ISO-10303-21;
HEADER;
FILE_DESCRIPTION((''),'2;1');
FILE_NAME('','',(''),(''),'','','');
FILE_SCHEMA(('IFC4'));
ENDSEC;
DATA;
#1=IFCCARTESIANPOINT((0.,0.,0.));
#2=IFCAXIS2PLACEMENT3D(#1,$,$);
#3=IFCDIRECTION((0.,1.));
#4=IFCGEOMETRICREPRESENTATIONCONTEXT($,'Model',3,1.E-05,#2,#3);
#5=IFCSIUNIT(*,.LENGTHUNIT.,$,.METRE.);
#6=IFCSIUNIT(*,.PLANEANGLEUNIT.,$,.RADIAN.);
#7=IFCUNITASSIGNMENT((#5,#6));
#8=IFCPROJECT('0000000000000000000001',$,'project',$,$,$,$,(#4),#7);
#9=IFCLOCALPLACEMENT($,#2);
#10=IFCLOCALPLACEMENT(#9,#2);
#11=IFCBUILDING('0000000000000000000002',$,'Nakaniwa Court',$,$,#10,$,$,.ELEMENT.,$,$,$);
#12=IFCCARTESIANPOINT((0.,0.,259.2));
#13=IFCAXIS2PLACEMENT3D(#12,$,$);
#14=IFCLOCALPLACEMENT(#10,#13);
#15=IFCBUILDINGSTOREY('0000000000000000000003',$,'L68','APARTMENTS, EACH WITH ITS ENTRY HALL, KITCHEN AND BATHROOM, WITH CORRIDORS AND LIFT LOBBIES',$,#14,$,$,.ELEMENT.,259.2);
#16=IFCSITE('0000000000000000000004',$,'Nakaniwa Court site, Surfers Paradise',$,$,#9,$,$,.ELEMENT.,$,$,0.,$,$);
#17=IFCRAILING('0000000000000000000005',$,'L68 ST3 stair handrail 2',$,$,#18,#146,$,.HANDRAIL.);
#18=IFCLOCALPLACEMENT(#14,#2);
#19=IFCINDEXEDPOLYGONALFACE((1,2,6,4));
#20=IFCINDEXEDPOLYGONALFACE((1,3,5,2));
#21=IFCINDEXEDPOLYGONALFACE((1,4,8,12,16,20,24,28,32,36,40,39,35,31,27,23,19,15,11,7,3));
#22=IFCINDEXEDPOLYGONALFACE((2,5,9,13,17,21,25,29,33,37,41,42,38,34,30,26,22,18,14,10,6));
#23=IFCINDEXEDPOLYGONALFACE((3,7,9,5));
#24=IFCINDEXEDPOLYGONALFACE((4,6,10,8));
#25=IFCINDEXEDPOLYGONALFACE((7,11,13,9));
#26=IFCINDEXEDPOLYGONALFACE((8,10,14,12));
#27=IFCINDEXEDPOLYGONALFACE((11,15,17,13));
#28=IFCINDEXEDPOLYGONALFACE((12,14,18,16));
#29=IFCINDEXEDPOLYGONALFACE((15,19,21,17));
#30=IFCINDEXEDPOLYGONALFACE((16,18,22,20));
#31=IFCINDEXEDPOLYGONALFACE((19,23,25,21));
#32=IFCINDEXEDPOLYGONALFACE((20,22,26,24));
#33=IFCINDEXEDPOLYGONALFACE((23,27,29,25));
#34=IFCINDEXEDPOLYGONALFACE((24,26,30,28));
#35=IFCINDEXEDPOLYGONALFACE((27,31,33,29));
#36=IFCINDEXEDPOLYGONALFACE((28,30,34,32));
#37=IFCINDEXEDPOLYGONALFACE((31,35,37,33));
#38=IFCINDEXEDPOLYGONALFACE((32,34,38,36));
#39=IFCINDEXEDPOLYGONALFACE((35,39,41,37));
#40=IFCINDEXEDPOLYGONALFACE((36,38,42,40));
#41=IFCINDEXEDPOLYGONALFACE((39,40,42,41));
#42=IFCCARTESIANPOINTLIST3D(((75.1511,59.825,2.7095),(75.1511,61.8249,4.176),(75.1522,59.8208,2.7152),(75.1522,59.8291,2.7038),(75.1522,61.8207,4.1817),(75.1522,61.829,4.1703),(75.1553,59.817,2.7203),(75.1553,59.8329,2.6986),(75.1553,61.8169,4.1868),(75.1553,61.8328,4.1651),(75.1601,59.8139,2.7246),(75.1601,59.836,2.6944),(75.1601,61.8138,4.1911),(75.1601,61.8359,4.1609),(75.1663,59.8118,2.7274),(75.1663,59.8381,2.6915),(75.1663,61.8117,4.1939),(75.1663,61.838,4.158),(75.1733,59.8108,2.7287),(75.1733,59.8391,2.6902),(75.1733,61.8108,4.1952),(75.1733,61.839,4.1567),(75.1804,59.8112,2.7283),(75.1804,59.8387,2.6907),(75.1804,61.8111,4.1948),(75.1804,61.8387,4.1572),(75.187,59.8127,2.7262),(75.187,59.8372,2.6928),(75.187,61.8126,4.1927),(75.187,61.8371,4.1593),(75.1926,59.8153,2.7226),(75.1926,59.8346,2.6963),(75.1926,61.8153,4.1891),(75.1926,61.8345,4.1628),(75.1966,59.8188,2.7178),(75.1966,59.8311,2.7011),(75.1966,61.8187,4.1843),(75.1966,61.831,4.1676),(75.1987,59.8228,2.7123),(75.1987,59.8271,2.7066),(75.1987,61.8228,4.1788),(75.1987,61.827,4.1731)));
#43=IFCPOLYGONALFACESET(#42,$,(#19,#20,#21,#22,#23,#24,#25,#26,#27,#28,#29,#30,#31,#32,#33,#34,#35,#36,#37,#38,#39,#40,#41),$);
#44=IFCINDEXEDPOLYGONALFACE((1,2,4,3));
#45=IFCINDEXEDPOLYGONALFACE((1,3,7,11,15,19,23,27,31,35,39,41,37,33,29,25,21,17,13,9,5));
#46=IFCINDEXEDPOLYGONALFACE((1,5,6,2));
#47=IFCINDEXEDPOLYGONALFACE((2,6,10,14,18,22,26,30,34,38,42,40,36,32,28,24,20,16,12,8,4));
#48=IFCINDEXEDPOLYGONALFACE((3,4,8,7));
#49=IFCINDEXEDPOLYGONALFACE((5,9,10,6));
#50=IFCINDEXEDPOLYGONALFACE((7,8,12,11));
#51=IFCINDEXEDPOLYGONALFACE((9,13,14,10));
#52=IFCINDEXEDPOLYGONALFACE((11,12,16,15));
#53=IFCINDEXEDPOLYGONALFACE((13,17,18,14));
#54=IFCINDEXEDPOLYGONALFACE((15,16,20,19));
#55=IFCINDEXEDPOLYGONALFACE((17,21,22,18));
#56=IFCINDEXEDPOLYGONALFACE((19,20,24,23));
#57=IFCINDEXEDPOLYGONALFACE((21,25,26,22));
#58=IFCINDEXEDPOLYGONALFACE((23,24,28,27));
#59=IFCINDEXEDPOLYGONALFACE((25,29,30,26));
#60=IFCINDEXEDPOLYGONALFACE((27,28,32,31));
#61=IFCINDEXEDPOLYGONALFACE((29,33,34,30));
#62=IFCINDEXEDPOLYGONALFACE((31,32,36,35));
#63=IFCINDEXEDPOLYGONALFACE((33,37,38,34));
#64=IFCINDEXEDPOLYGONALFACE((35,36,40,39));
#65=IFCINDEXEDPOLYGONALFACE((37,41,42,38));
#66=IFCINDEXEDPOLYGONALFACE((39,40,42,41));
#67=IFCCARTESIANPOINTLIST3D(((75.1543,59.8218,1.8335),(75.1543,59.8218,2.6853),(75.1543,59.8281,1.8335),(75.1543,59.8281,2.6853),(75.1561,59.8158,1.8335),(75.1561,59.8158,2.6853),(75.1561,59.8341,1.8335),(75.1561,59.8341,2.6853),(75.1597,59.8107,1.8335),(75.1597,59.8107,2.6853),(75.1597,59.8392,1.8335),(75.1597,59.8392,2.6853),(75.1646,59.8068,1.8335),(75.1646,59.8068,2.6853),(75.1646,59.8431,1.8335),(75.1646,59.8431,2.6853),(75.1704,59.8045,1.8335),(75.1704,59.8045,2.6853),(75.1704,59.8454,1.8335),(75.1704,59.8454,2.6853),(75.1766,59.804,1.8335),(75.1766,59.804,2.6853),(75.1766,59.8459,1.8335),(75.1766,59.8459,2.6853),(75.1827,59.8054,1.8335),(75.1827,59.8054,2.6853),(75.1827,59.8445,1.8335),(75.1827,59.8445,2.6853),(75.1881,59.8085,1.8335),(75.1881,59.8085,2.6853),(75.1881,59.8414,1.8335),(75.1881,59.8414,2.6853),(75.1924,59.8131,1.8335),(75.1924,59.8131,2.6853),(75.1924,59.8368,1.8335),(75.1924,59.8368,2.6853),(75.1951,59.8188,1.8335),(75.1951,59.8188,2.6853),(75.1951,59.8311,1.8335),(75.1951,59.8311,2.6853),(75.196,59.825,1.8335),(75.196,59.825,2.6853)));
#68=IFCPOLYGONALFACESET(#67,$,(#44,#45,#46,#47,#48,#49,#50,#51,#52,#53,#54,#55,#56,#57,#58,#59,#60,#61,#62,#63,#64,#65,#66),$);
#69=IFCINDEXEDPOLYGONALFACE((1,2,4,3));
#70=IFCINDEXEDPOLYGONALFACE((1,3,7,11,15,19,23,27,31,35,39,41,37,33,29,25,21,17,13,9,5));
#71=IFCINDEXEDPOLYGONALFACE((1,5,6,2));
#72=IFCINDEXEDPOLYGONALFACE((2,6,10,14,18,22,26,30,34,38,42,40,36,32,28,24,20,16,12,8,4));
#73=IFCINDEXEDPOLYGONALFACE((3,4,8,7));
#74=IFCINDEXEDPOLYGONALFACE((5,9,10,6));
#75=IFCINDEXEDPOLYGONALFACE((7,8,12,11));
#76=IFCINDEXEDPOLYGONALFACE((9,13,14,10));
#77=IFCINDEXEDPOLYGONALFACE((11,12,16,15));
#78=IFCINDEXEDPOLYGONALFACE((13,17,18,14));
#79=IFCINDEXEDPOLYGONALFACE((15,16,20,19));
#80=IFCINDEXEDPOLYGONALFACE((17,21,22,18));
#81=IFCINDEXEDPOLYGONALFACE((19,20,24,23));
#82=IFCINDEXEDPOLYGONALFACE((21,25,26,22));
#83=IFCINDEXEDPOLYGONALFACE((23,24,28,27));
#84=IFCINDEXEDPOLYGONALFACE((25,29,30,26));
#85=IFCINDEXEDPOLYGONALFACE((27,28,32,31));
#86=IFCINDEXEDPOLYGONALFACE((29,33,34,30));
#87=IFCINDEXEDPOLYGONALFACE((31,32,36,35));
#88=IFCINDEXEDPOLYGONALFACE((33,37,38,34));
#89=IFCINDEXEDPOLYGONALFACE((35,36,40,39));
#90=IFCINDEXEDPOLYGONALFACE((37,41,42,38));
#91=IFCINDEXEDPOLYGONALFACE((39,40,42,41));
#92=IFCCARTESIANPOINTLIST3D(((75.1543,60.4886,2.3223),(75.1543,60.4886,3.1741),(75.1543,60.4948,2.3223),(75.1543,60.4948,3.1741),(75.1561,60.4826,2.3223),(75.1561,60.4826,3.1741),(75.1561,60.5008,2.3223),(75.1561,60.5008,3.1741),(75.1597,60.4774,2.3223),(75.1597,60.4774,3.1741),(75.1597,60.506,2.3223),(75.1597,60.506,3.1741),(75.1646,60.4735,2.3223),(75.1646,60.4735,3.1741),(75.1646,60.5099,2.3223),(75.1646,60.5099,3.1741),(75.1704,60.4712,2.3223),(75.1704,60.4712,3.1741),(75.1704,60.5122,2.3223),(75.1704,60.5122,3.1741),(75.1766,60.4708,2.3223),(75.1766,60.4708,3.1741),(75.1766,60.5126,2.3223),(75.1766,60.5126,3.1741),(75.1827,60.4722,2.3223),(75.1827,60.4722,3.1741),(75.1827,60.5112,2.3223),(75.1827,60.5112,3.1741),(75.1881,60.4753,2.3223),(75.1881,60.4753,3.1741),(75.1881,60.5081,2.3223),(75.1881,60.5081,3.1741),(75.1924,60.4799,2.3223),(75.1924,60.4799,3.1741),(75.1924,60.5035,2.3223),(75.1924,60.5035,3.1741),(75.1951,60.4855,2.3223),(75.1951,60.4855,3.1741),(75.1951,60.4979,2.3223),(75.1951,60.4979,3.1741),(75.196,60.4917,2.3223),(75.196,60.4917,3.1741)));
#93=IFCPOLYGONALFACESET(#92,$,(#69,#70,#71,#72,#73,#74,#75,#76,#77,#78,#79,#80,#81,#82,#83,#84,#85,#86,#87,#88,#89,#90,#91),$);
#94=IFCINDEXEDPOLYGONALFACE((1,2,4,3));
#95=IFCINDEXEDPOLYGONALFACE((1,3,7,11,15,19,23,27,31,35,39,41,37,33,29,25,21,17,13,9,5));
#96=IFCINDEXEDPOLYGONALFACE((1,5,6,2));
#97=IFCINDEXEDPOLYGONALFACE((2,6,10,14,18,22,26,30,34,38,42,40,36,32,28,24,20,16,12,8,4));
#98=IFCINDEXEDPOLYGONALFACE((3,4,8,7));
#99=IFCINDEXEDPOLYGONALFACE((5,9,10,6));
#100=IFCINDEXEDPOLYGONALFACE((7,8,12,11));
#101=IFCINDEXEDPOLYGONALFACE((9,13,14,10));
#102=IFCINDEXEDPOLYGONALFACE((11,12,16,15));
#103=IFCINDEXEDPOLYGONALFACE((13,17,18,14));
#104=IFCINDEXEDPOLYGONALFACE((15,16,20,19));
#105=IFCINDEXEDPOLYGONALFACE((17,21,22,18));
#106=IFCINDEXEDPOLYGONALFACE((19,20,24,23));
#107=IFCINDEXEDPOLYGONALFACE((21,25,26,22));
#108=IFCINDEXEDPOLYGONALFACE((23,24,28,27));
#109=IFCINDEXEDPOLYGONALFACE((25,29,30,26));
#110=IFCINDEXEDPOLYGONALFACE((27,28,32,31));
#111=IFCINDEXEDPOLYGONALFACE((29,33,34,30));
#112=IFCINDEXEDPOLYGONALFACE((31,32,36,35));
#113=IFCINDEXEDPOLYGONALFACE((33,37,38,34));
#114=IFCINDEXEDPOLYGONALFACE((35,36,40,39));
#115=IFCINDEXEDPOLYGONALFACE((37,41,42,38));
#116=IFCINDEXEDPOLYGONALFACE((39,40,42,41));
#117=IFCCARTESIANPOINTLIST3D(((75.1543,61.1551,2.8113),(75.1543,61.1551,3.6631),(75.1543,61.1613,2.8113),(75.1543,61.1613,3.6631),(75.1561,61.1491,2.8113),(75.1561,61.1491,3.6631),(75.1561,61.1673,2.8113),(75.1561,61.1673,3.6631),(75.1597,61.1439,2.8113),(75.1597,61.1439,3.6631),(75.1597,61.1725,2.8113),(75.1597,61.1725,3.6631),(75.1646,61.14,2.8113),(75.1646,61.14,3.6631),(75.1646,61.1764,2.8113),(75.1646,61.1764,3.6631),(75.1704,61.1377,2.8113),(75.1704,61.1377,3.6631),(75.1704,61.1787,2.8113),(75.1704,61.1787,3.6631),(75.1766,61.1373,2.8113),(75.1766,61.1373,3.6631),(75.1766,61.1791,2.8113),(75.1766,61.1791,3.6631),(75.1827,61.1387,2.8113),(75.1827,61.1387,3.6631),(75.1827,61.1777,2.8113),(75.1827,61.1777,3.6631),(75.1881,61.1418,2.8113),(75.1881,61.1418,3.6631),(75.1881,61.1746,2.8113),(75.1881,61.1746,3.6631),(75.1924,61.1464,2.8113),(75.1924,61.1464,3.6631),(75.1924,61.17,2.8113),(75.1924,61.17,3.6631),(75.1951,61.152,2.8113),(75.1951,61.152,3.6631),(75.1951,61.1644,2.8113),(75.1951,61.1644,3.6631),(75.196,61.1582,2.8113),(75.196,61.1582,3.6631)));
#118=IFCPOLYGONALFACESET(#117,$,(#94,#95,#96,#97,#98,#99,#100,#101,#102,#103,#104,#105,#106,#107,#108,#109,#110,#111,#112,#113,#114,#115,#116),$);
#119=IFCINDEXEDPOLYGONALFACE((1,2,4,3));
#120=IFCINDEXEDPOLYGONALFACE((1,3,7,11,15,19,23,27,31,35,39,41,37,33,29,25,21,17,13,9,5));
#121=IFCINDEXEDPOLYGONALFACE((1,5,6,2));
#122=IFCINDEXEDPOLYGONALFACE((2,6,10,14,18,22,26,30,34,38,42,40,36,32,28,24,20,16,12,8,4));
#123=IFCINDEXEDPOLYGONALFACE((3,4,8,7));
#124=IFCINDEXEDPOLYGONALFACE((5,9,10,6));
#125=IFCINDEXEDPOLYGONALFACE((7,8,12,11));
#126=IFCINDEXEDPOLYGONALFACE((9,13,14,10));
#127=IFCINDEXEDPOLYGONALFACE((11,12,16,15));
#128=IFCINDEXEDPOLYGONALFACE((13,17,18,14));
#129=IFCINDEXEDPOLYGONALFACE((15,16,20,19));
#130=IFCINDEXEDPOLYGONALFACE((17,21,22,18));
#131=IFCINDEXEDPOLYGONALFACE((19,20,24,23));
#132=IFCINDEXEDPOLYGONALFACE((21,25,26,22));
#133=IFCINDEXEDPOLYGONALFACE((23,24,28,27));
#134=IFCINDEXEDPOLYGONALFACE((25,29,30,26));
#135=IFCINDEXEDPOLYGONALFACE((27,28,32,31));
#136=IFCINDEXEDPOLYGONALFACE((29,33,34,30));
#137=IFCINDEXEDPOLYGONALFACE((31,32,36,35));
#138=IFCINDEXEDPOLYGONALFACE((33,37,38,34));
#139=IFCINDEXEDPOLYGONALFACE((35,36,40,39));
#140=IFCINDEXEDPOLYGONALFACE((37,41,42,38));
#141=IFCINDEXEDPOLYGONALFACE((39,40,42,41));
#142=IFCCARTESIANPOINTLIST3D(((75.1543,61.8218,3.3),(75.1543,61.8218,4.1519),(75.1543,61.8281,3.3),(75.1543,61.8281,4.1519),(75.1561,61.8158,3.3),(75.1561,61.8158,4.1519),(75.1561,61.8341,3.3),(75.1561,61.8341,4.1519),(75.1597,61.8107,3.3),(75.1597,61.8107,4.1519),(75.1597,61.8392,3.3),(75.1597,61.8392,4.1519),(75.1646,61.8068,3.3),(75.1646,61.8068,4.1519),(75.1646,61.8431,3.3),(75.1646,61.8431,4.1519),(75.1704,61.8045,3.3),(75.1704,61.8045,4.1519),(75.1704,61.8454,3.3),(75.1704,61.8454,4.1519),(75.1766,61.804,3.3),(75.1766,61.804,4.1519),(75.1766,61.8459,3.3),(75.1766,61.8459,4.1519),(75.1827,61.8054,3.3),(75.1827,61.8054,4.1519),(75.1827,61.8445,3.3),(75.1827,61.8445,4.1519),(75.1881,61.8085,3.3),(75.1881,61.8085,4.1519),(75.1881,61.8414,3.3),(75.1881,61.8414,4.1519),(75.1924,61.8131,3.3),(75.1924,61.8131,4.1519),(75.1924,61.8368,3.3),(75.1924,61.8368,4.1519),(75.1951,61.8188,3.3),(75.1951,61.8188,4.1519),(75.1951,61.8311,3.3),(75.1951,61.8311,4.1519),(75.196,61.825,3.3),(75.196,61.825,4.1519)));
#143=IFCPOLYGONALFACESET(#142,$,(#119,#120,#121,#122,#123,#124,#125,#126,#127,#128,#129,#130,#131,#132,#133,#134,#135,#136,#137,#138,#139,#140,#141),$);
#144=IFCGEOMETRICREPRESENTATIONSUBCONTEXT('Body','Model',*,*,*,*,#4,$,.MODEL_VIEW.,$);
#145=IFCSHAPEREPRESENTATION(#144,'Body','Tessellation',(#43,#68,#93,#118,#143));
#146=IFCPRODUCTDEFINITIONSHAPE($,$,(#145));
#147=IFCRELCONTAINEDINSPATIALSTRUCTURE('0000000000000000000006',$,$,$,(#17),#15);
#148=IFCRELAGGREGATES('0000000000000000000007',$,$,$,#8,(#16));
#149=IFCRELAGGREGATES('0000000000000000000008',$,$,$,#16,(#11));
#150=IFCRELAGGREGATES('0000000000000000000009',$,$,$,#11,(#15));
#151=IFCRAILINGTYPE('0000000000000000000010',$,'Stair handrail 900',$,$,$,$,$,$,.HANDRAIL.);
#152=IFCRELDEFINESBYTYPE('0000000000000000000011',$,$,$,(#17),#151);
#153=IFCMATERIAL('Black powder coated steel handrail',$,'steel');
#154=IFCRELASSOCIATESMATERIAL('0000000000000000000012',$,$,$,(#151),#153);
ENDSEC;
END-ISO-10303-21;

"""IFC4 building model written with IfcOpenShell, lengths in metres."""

from ifc_helpers import new_model, si_unit, direction, frame, origin, origin_2d, place, context, subcontext, project, spatial, circle, extrude, material, type_object, element, save


model = new_model("IFC4")

# Units and contexts
model_context = context("Model", 3, precision=1e-05, world=origin(), true_north=direction((0.0, 1.0)))
body_context = subcontext(model_context, "Body", "Model", "MODEL_VIEW")
ifc_project = project(units=[si_unit("LENGTHUNIT", "METRE"), si_unit("PLANEANGLEUNIT", "RADIAN")], contexts=[model_context])

# Site, building, storey
site_placement = place(None, origin())
site = spatial("IfcSite", under=ifc_project, at=site_placement, Name="Nakaniwa Court site, Surfers Paradise", CompositionType="ELEMENT", RefElevation=0.0)
building_placement = place(site_placement, origin())
building = spatial("IfcBuilding", under=site, at=building_placement, Name="Nakaniwa Court", CompositionType="ELEMENT")
storey_placement = place(building_placement, frame((0.0, 0.0, 259.2)))
storey = spatial("IfcBuildingStorey", under=building, at=storey_placement, Name="L68", Description="APARTMENTS, EACH WITH ITS ENTRY HALL, KITCHEN AND BATHROOM, WITH CORRIDORS AND LIFT LOBBIES", CompositionType="ELEMENT", Elevation=259.2)

# Railing
ifc_material_1 = material(Name="Black powder coated steel handrail", Category="steel")
railing_type_1 = type_object("IfcRailingType", Name="Stair handrail 900", PredefinedType="HANDRAIL", material=ifc_material_1)
railing_1_placement = place(storey_placement, frame((75.175, 59.825, 1.8335)))
element("IfcRailing", 1, at=railing_1_placement, inside=storey, type_object=railing_type_1, Name="L68 ST3 stair handrail 2", PredefinedType="HANDRAIL", context=body_context, shape_type="SweptSolid", body=[
    extrude(circle(Radius=0.0239, at=origin_2d()), frame((0.0, 0.0, 0.876), z_axis=(0.0, 0.806427, 0.591334), x_axis=(-1.0, 0.0, 0.0)), (0.0, 0.0, 1.0), 2.48),
    extrude(circle(Radius=0.021, at=origin_2d()), origin(), (0.0, 0.0, 1.0), 0.8518),
    extrude(circle(Radius=0.021, at=origin_2d()), frame((0.0, 0.6667, 0.4888)), (0.0, 0.0, 1.0), 0.8518),
    extrude(circle(Radius=0.021, at=origin_2d()), frame((0.0, 1.3333, 0.9778)), (0.0, 0.0, 1.0), 0.8518),
    extrude(circle(Radius=0.021, at=origin_2d()), frame((0.0, 2.0, 1.4666)), (0.0, 0.0, 1.0), 0.8518),
])

save(model, "model.ifc")
